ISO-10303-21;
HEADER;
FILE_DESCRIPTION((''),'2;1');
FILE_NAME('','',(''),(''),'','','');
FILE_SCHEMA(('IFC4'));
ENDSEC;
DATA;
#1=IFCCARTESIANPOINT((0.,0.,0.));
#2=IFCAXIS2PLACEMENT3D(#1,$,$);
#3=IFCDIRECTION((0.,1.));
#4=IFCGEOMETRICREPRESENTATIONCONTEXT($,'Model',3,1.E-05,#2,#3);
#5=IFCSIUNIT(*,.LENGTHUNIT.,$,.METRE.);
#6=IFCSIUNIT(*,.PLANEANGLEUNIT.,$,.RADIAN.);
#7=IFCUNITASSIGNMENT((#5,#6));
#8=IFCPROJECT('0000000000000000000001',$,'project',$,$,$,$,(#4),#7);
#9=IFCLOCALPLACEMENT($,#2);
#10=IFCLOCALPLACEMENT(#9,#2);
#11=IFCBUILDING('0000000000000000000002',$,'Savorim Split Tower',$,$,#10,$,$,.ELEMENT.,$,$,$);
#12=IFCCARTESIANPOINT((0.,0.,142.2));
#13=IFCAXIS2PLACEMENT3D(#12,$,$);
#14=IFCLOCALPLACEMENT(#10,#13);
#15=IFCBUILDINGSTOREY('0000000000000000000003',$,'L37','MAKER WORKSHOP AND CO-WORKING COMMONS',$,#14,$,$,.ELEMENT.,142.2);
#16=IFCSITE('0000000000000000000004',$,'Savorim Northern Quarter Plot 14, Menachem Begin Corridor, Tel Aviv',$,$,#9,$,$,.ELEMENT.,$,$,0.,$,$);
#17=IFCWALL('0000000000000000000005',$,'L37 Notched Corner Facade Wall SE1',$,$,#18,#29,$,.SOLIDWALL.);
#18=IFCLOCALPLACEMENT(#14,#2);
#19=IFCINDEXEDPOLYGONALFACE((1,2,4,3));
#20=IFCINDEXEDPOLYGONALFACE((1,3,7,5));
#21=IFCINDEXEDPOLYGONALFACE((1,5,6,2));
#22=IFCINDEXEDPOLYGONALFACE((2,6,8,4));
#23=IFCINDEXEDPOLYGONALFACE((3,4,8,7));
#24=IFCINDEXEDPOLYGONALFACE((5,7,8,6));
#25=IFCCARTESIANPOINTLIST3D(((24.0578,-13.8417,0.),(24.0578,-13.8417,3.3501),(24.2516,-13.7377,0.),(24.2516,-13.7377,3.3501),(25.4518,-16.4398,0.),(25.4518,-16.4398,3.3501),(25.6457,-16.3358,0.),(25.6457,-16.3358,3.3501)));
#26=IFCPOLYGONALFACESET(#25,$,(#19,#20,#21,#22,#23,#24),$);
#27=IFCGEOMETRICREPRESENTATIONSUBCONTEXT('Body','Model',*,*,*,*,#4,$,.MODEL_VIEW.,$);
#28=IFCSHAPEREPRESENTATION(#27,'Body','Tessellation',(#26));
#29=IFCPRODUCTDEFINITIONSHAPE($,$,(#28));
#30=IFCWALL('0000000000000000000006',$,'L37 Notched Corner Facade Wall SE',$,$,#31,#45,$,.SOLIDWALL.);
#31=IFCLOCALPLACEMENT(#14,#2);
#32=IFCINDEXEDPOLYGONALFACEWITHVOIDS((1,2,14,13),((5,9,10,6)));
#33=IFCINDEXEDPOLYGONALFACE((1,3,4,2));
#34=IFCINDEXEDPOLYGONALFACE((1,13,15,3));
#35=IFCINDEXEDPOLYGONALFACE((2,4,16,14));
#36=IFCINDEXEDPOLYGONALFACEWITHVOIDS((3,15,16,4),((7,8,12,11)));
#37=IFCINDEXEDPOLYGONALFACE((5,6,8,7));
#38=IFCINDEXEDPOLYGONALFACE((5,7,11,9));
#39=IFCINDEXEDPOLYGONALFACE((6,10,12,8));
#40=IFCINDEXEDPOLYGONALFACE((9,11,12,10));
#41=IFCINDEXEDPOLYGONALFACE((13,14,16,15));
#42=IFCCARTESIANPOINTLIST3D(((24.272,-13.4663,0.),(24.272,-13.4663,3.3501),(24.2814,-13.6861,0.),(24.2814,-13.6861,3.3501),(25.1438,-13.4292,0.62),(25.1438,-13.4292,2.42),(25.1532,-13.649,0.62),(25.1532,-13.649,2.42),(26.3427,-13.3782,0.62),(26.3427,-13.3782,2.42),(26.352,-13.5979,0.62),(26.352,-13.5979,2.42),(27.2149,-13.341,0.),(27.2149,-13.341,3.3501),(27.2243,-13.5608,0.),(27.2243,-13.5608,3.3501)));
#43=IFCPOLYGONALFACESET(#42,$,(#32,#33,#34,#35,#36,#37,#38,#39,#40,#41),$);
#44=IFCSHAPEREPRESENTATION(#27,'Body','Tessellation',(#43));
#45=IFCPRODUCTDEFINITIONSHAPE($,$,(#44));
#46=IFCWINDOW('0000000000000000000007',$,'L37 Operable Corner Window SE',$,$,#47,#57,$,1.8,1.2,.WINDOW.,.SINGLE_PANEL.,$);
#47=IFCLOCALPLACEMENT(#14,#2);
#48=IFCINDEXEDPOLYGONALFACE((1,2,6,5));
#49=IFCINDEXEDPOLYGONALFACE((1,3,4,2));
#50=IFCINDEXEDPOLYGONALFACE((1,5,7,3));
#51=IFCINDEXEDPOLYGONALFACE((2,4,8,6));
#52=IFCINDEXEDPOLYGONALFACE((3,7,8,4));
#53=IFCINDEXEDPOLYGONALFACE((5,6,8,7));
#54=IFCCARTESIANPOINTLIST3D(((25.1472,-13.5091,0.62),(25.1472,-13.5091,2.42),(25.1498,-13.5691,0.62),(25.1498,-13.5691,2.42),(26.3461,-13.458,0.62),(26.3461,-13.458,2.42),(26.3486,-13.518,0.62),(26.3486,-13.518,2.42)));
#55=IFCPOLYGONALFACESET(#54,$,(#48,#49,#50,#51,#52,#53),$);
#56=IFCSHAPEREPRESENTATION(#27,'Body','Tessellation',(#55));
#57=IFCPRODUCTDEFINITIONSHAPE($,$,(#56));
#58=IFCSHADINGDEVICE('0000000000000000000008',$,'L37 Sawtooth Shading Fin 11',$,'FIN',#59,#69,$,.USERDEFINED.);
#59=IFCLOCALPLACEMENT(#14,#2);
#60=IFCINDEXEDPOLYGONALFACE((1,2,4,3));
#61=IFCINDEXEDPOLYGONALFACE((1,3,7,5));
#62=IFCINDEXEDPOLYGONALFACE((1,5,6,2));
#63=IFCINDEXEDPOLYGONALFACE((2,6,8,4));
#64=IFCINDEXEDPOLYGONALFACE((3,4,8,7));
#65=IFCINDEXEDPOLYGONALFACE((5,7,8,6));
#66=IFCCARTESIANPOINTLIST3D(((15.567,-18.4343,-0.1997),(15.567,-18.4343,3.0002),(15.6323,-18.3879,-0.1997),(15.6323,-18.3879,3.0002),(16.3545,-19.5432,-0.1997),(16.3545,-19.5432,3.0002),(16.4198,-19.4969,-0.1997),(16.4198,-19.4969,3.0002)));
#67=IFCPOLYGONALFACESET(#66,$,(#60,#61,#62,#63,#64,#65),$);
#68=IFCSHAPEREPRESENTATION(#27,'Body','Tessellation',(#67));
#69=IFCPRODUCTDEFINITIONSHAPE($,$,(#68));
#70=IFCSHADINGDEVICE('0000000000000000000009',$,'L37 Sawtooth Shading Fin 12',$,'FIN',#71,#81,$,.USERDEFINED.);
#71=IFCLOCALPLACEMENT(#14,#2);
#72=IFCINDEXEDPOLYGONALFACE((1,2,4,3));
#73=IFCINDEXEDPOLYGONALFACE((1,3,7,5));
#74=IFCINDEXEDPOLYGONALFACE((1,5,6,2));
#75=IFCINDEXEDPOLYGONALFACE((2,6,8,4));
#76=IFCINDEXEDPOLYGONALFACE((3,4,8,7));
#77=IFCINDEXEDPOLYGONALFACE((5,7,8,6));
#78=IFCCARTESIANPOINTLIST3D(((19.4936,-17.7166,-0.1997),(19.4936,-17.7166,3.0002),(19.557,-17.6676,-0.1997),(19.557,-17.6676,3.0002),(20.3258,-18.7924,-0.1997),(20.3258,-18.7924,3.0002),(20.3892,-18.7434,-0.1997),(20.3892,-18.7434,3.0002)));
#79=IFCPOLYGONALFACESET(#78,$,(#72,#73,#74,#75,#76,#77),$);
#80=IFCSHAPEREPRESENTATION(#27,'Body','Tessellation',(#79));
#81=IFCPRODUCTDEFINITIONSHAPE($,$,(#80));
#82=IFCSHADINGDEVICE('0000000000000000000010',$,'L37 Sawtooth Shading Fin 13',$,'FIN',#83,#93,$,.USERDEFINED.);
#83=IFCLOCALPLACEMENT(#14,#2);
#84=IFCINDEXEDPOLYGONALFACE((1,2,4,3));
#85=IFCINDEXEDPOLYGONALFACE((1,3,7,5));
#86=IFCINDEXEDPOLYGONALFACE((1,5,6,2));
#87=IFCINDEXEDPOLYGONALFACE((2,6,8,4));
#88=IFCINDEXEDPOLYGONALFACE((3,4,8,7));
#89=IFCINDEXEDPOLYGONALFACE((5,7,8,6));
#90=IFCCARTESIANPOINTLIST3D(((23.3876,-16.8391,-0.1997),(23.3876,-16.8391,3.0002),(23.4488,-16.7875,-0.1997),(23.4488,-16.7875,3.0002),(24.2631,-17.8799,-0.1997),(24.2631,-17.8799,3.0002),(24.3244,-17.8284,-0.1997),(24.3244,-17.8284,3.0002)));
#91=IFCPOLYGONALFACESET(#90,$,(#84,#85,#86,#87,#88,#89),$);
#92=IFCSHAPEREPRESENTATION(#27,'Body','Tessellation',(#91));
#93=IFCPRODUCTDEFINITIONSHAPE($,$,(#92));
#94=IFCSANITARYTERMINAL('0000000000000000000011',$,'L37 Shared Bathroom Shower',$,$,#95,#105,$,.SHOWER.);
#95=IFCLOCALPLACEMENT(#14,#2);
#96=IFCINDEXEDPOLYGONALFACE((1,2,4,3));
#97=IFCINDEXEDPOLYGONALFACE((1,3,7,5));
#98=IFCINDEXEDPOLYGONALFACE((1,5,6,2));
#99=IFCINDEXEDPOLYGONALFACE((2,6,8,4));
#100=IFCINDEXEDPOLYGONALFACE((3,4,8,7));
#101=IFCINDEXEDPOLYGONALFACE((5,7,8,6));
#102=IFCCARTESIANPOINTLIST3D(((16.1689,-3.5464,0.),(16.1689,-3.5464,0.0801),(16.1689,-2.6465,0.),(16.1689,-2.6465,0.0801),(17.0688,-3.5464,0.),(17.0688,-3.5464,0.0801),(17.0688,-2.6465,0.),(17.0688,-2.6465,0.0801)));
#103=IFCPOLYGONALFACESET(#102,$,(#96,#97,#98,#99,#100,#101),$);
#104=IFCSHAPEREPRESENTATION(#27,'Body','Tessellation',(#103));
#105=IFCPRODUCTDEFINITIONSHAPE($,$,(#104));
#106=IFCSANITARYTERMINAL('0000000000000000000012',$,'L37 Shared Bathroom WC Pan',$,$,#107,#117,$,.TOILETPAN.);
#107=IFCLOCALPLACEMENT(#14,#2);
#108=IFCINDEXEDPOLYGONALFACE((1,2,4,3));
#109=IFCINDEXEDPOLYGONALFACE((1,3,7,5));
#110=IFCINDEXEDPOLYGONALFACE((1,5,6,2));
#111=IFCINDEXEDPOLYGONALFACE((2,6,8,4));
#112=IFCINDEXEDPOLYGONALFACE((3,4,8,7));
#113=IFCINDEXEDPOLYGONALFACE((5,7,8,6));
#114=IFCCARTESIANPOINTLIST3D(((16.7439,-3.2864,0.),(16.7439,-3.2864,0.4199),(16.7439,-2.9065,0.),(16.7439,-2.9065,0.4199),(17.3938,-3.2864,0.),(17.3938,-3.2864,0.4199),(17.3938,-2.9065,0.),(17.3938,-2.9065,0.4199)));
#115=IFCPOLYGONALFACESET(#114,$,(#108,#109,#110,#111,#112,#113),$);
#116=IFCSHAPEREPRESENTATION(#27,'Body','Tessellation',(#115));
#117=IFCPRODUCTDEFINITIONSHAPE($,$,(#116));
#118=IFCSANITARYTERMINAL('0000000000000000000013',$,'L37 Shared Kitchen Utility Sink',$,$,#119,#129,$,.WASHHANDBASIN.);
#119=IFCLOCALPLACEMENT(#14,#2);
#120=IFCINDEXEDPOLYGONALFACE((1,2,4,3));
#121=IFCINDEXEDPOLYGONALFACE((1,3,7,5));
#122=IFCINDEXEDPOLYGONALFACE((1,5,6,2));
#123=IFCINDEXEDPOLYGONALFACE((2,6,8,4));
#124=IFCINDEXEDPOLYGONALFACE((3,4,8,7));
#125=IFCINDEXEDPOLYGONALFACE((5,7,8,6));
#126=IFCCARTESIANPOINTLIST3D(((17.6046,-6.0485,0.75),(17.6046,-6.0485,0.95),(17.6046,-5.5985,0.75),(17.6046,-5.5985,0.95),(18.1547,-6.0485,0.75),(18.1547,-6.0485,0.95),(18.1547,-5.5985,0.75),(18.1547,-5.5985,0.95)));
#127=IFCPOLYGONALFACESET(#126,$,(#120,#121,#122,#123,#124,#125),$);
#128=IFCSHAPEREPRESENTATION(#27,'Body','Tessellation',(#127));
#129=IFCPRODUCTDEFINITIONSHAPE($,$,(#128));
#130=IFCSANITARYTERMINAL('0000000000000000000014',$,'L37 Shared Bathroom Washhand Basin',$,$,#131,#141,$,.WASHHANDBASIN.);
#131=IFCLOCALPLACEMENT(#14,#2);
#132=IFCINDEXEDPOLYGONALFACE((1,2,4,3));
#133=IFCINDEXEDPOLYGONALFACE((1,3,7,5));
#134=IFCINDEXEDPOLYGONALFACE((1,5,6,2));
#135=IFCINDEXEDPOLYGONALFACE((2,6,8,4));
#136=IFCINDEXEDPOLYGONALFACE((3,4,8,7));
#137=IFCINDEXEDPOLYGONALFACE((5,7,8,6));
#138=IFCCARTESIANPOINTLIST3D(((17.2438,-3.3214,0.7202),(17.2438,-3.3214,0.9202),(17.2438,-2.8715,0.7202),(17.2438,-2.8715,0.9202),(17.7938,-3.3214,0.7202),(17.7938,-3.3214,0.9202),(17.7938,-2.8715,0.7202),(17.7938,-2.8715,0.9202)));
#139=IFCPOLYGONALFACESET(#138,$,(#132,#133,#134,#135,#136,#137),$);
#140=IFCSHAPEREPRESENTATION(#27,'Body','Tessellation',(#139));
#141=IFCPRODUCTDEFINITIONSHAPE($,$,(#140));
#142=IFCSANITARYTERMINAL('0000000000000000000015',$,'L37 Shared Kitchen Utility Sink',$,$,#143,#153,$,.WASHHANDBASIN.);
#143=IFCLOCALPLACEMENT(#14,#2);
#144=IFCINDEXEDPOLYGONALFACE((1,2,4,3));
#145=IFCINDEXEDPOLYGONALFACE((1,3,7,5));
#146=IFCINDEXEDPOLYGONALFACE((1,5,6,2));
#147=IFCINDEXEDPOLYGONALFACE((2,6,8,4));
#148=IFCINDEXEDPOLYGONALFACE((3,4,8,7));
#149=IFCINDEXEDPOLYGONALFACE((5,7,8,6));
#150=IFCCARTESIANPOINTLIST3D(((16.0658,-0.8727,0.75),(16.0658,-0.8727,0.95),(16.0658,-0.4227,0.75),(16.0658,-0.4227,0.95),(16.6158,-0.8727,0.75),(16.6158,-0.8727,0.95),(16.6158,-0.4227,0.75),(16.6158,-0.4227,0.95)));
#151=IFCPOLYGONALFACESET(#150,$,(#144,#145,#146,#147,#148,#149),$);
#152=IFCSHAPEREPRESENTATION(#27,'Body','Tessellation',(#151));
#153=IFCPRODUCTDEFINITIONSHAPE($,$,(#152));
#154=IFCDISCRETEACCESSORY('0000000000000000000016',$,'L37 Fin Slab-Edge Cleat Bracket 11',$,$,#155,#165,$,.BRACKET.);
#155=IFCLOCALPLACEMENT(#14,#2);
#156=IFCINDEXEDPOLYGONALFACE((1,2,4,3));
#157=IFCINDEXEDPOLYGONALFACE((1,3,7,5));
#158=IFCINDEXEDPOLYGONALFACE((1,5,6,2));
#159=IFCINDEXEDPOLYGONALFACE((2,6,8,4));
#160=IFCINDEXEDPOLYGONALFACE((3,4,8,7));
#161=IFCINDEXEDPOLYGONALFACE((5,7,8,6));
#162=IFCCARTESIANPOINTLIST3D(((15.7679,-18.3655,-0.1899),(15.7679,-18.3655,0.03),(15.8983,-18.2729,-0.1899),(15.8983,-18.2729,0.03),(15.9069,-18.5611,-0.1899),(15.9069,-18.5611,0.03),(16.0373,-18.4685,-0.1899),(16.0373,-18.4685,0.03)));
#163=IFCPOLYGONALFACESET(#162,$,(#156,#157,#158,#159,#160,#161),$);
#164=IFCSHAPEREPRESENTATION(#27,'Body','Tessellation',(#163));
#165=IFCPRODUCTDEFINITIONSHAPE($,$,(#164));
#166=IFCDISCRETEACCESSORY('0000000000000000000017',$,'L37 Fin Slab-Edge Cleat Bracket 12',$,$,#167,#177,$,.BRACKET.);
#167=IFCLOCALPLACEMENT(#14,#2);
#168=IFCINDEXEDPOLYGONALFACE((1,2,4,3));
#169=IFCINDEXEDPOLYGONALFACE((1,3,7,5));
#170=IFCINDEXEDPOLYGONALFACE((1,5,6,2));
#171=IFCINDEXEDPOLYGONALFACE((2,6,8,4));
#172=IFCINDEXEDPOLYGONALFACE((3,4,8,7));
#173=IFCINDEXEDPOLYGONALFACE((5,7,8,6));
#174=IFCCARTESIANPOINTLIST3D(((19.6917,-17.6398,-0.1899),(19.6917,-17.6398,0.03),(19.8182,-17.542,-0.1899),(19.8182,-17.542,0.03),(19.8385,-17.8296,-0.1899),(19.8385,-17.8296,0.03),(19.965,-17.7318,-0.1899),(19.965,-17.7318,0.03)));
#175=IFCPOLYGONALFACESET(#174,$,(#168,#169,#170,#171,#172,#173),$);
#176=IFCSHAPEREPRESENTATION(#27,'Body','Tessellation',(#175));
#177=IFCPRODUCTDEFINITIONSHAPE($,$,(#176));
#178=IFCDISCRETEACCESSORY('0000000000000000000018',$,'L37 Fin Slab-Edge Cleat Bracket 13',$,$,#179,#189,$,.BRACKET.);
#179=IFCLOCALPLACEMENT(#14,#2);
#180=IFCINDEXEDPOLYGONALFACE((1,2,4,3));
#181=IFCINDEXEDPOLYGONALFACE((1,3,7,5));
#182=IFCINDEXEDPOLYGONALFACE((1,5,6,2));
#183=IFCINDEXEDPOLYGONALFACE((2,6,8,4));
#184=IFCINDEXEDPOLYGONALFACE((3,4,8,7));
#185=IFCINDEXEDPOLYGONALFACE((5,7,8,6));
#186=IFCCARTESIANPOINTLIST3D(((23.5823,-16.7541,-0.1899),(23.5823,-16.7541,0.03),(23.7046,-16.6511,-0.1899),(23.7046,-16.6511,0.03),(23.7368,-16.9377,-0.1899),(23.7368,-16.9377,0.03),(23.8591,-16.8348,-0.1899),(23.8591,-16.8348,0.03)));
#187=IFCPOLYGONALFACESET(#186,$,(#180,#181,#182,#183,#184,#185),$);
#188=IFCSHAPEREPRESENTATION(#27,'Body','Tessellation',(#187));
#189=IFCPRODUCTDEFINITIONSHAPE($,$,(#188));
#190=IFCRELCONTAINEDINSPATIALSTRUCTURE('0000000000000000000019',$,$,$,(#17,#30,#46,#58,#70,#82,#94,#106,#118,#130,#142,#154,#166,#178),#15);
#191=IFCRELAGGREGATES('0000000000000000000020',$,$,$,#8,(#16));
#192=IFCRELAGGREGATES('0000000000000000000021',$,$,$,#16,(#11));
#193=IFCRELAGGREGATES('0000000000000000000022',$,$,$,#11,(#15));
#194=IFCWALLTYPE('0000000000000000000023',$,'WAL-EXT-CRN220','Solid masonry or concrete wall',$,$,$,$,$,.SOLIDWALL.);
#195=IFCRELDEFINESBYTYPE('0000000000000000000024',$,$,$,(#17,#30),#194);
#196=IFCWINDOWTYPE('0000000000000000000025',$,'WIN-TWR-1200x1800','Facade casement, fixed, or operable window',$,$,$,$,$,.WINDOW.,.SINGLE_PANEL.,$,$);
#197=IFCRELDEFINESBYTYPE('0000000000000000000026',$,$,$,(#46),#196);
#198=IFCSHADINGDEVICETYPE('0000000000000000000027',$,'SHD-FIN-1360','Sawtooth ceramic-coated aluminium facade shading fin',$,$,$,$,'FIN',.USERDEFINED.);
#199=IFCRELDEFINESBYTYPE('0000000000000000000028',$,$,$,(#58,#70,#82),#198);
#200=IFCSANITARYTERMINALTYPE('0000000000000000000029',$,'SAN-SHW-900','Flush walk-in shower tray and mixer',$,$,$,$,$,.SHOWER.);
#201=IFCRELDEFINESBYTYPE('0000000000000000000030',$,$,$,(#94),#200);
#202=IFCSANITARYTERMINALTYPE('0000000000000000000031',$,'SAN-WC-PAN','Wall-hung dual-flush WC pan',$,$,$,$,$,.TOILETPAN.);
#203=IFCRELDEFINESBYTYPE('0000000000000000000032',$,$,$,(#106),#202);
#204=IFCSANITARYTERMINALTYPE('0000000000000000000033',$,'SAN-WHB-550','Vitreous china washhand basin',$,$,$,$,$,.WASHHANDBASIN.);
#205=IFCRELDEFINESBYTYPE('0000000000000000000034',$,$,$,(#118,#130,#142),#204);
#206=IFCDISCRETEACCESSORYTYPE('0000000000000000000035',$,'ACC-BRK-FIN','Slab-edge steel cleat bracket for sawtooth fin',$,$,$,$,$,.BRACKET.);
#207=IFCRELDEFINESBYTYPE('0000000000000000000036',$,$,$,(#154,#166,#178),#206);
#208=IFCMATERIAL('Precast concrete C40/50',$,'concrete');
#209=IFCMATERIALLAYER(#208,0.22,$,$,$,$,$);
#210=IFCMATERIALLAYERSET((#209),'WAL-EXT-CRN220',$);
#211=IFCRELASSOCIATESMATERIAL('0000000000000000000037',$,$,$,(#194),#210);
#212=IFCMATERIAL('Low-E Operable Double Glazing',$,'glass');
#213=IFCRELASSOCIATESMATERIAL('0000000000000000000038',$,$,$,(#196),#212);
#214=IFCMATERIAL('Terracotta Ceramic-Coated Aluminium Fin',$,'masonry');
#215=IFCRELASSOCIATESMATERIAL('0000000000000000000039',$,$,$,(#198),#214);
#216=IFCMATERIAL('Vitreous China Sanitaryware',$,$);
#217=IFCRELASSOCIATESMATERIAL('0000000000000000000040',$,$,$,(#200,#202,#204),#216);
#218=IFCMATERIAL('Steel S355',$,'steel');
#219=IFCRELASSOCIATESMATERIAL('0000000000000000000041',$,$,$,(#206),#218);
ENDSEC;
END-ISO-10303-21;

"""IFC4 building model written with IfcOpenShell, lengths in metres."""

from ifc_helpers import new_model, si_unit, direction, frame, frame_2d, origin, origin_2d, place, context, subcontext, project, spatial, rectangle, extrude, material, layer, layer_set, type_object, element, fill, save


model = new_model("IFC4")

# Units and contexts
model_context = context("Model", 3, precision=1e-05, world=origin(), true_north=direction((0.0, 1.0)))
body_context = subcontext(model_context, "Body", "Model", "MODEL_VIEW")
ifc_project = project(units=[si_unit("LENGTHUNIT", "METRE"), si_unit("PLANEANGLEUNIT", "RADIAN")], contexts=[model_context])

# Site, building, storey
site_placement = place(None, origin())
site = spatial("IfcSite", under=ifc_project, at=site_placement, Name="Savorim Northern Quarter Plot 14, Menachem Begin Corridor, Tel Aviv", CompositionType="ELEMENT", RefElevation=0.0)
building_placement = place(site_placement, origin())
building = spatial("IfcBuilding", under=site, at=building_placement, Name="Savorim Split Tower", CompositionType="ELEMENT")
storey_placement = place(building_placement, frame((0.0, 0.0, 142.2)))
storey = spatial("IfcBuildingStorey", under=building, at=storey_placement, Name="L37", Description="MAKER WORKSHOP AND CO-WORKING COMMONS", CompositionType="ELEMENT", Elevation=142.2)

# Shared definitions
ifc_material_1 = material(Name="Steel S355", Category="steel")

# Wall
ifc_material_2 = material(Name="Precast concrete C40/50", Category="concrete")
ifc_layer_1 = layer(ifc_material_2, 0.22)
ifc_layer_set_1 = layer_set([ifc_layer_1], Name="WAL-EXT-CRN220")
wall_type = type_object("IfcWallType", Name="WAL-EXT-CRN220", Description="Solid masonry or concrete wall", PredefinedType="SOLIDWALL", material=ifc_layer_set_1)
wall_1_placement = place(storey_placement, frame((24.1548, -13.7898, 0.0), z_axis=(0.0, 0.0, 1.0), x_axis=(0.472796, -0.881172, 0.0)))
element("IfcWall", 1, at=wall_1_placement, inside=storey, type_object=wall_type, Name="L37 Notched Corner Facade Wall SE1", PredefinedType="SOLIDWALL", context=body_context, shape_type="SweptSolid", body=[
    extrude(rectangle(XDim=2.9485, YDim=0.22, at=frame_2d((1.4741, 0.0))), origin(), (0.0, 0.0, 1.0), 3.3501),
])

# Wall, opening, window
wall_2_placement = place(storey_placement, frame((27.2195, -13.4509, 0.0), z_axis=(0.0, 0.0, 1.0), x_axis=(-0.999096, -0.04252, 0.0)))
wall_2 = element("IfcWall", 2, at=wall_2_placement, inside=storey, type_object=wall_type, Name="L37 Notched Corner Facade Wall SE", PredefinedType="SOLIDWALL", context=body_context, shape_type="SweptSolid", body=[
    extrude(rectangle(XDim=2.9456, YDim=0.22, at=frame_2d((1.4727, 0.0))), origin(), (0.0, 0.0, 1.0), 3.3501),
])
opening_placement = place(wall_2_placement, frame((0.8728, 0.0, 0.6201)))
opening = element("IfcOpeningElement", 3, at=opening_placement, cuts=wall_2, PredefinedType="OPENING", context=body_context, shape_type="SweptSolid", body=[
    extrude(rectangle(XDim=1.2, YDim=1.8, at=frame_2d((0.6001, 0.8999))), frame((0.0, 0.1199, 0.0), z_axis=(0.0, -1.0, 0.0), x_axis=(1.0, 0.0, 0.0)), (0.0, 0.0, 1.0), 0.24),
])
ifc_material_3 = material(Name="Low-E Operable Double Glazing", Category="glass")
window_type = type_object("IfcWindowType", Name="WIN-TWR-1200x1800", Description="Facade casement, fixed, or operable window", PartitioningType="SINGLE_PANEL", PredefinedType="WINDOW", material=ifc_material_3)
window_placement = place(opening_placement, origin())
window = element("IfcWindow", 4, at=window_placement, inside=storey, type_object=window_type, Name="L37 Operable Corner Window SE", OverallHeight=1.8, OverallWidth=1.2, PartitioningType="SINGLE_PANEL", PredefinedType="WINDOW", context=body_context, shape_type="SweptSolid", body=[
    extrude(rectangle(XDim=1.2, YDim=1.8, at=frame_2d((0.6001, 0.8999))), frame((0.0, 0.03, 0.0), z_axis=(0.0, -1.0, 0.0), x_axis=(1.0, 0.0, 0.0)), (0.0, 0.0, 1.0), 0.0601),
])
fill(opening, window)

# Shading devices
ifc_material_4 = material(Name="Terracotta Ceramic-Coated Aluminium Fin", Category="masonry")
shading_device_type = type_object("IfcShadingDeviceType", Name="SHD-FIN-1360", Description="Sawtooth ceramic-coated aluminium facade shading fin", ElementType="FIN", PredefinedType="USERDEFINED", material=ifc_material_4)
for number, where, z_axis, x_axis, name in (
    (5, (15.9934, -18.9656, -0.1997), (0.0, 0.0, 1.0), (0.578994, -0.815332, 0.0), "L37 Sawtooth Shading Fin 11"),
    (6, (19.9414, -18.23, -0.1997), (0.0, 0.0, 1.0), (0.611868, -0.79096, 0.0), "L37 Sawtooth Shading Fin 12"),
    (7, (23.856, -17.3337, -0.1997), (0.0, 0.0, 1.0), (0.643719, -0.765262, 0.0), "L37 Sawtooth Shading Fin 13"),
):
    element("IfcShadingDevice", number, at=place(storey_placement, frame(where, z_axis=z_axis, x_axis=x_axis)), inside=storey, type_object=shading_device_type, Name=name, ObjectType="FIN", PredefinedType="USERDEFINED", context=body_context, shape_type="SweptSolid", body=[
        extrude(rectangle(XDim=1.3601, YDim=0.0801, at=origin_2d()), origin(), (0.0, 0.0, 1.0), 3.2),
    ])

# Sanitary terminals
ifc_material_5 = material(Name="Vitreous China Sanitaryware")
sanitary_terminal_type_1 = type_object("IfcSanitaryTerminalType", Name="SAN-SHW-900", Description="Flush walk-in shower tray and mixer", PredefinedType="SHOWER", material=ifc_material_5)
sanitary_terminal_1_placement = place(storey_placement, frame((16.6189, -3.0964, 0.0), z_axis=(0.0, 0.0, 1.0), x_axis=(1.0, 0.0, 0.0)))
element("IfcSanitaryTerminal", 8, at=sanitary_terminal_1_placement, inside=storey, type_object=sanitary_terminal_type_1, Name="L37 Shared Bathroom Shower", PredefinedType="SHOWER", context=body_context, shape_type="SweptSolid", body=[
    extrude(rectangle(XDim=0.8999, YDim=0.8999, at=origin_2d()), origin(), (0.0, 0.0, 1.0), 0.0801),
])
sanitary_terminal_type_2 = type_object("IfcSanitaryTerminalType", Name="SAN-WC-PAN", Description="Wall-hung dual-flush WC pan", PredefinedType="TOILETPAN", material=ifc_material_5)
sanitary_terminal_2_placement = place(storey_placement, frame((17.0688, -3.0964, 0.0), z_axis=(0.0, 0.0, 1.0), x_axis=(1.0, 0.0, 0.0)))
element("IfcSanitaryTerminal", 9, at=sanitary_terminal_2_placement, inside=storey, type_object=sanitary_terminal_type_2, Name="L37 Shared Bathroom WC Pan", PredefinedType="TOILETPAN", context=body_context, shape_type="SweptSolid", body=[
    extrude(rectangle(XDim=0.6499, YDim=0.3799, at=origin_2d()), origin(), (0.0, 0.0, 1.0), 0.4199),
])
sanitary_terminal_type_3 = type_object("IfcSanitaryTerminalType", Name="SAN-WHB-550", Description="Vitreous china washhand basin", PredefinedType="WASHHANDBASIN", material=ifc_material_5)
for number, where, z_axis, x_axis, name in (
    (10, (17.8796, -5.8235, 0.75), (0.0, 0.0, 1.0), (1.0, 0.0, 0.0), "L37 Shared Kitchen Utility Sink"),
    (11, (17.5188, -3.0964, 0.7202), (0.0, 0.0, 1.0), (1.0, 0.0, 0.0), "L37 Shared Bathroom Washhand Basin"),
    (12, (16.3408, -0.6477, 0.75), (0.0, 0.0, 1.0), (1.0, 0.0, 0.0), "L37 Shared Kitchen Utility Sink"),
):
    element("IfcSanitaryTerminal", number, at=place(storey_placement, frame(where, z_axis=z_axis, x_axis=x_axis)), inside=storey, type_object=sanitary_terminal_type_3, Name=name, PredefinedType="WASHHANDBASIN", context=body_context, shape_type="SweptSolid", body=[
        extrude(rectangle(XDim=0.55, YDim=0.45, at=origin_2d()), origin(), (0.0, 0.0, 1.0), 0.2),
    ])

# Discrete accessories
discrete_accessory_type = type_object("IfcDiscreteAccessoryType", Name="ACC-BRK-FIN", Description="Slab-edge steel cleat bracket for sawtooth fin", PredefinedType="BRACKET", material=ifc_material_1)
for number, where, z_axis, x_axis, name in (
    (13, (15.9026, -18.417, -0.1899), (0.0, 0.0, 1.0), (0.578994, -0.815332, 0.0), "L37 Fin Slab-Edge Cleat Bracket 11"),
    (14, (19.8284, -17.6858, -0.1899), (0.0, 0.0, 1.0), (0.611868, -0.79096, 0.0), "L37 Fin Slab-Edge Cleat Bracket 12"),
    (15, (23.7207, -16.7944, -0.1899), (0.0, 0.0, 1.0), (0.643719, -0.765262, 0.0), "L37 Fin Slab-Edge Cleat Bracket 13"),
):
    element("IfcDiscreteAccessory", number, at=place(storey_placement, frame(where, z_axis=z_axis, x_axis=x_axis)), inside=storey, type_object=discrete_accessory_type, Name=name, PredefinedType="BRACKET", context=body_context, shape_type="SweptSolid", body=[
        extrude(rectangle(XDim=0.24, YDim=0.1599, at=origin_2d()), origin(), (0.0, 0.0, 1.0), 0.22),
    ])

save(model, "model.ifc")
